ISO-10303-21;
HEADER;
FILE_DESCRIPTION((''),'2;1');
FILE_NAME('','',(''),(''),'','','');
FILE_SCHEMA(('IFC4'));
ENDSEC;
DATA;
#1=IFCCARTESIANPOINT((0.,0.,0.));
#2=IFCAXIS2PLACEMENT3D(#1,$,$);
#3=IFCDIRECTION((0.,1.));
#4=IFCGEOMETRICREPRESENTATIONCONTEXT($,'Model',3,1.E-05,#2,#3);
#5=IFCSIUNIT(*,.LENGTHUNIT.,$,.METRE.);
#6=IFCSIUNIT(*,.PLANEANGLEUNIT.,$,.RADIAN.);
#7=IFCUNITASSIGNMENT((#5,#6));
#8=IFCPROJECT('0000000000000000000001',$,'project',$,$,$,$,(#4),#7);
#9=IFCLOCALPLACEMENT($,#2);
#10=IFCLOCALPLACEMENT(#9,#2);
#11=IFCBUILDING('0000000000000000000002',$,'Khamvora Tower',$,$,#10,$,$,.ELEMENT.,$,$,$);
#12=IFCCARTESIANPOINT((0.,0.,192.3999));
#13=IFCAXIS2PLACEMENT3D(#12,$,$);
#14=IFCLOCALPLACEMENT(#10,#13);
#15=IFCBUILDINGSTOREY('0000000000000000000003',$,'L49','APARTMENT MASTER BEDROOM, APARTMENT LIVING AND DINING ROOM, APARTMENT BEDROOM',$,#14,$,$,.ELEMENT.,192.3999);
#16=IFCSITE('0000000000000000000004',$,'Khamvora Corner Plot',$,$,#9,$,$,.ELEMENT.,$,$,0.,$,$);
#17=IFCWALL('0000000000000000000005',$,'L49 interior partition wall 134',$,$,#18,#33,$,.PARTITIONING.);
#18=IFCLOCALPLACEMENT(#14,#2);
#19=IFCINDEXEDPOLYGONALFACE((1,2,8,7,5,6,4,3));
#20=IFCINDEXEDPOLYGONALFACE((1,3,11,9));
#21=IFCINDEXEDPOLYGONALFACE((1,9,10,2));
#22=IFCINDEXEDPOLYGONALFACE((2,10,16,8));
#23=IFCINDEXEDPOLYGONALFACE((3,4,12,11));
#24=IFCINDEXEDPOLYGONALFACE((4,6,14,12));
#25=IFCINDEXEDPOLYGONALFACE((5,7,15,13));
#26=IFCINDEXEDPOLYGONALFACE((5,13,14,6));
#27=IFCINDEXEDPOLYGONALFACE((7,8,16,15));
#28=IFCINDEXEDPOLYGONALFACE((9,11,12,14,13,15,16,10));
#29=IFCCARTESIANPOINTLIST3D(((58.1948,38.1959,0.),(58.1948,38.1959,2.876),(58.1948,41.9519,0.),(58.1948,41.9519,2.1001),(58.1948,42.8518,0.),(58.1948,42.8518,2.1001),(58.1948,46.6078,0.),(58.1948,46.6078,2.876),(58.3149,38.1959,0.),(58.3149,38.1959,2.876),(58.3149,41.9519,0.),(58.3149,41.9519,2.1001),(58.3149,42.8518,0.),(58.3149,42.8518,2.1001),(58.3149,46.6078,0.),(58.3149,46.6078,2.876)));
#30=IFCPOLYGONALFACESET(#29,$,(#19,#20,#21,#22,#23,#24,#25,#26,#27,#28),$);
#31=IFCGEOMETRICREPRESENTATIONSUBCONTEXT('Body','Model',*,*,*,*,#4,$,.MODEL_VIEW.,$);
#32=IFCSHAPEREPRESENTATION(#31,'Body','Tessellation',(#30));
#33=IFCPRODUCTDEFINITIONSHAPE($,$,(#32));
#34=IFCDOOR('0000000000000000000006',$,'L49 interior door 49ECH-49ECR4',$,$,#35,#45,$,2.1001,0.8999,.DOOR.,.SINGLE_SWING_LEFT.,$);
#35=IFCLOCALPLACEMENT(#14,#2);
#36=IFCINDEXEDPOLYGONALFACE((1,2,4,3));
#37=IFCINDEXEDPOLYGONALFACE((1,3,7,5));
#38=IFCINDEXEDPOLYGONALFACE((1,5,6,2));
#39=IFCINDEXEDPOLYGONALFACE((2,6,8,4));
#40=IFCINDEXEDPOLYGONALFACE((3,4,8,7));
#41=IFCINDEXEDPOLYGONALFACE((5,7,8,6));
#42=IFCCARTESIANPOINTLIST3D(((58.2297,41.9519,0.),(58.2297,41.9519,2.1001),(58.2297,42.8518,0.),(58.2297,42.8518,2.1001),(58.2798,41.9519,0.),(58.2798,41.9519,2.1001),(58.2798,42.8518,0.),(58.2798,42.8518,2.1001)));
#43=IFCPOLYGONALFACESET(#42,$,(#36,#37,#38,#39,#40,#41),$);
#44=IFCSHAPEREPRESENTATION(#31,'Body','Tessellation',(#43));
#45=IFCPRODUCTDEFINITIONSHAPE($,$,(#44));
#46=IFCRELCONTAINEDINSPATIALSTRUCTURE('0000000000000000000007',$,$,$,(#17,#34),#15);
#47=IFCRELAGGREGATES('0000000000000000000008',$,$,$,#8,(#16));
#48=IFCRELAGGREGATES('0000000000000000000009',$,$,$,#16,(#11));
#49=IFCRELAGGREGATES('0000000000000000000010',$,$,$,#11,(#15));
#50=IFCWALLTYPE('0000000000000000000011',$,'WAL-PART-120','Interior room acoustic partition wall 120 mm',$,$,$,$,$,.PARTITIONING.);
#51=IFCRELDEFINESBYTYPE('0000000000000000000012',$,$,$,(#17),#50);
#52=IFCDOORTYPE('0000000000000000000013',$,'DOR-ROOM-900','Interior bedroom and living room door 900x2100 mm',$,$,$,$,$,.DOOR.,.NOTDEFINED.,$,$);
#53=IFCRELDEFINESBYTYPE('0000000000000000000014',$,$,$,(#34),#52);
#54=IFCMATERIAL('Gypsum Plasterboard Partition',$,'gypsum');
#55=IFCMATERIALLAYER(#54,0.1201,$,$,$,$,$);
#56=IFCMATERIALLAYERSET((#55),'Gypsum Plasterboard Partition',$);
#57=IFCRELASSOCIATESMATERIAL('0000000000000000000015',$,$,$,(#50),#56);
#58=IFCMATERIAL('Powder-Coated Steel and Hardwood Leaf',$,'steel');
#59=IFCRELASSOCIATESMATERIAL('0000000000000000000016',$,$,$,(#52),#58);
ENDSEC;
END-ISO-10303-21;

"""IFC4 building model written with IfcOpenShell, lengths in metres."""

from ifc_helpers import new_model, si_unit, direction, frame, frame_2d, origin, place, context, subcontext, project, spatial, rectangle, extrude, material, layer, layer_set, type_object, element, fill, save


model = new_model("IFC4")

# Units and contexts
model_context = context("Model", 3, precision=1e-05, world=origin(), true_north=direction((0.0, 1.0)))
body_context = subcontext(model_context, "Body", "Model", "MODEL_VIEW")
ifc_project = project(units=[si_unit("LENGTHUNIT", "METRE"), si_unit("PLANEANGLEUNIT", "RADIAN")], contexts=[model_context])

# Site, building, storey
site_placement = place(None, origin())
site = spatial("IfcSite", under=ifc_project, at=site_placement, Name="Khamvora Corner Plot", CompositionType="ELEMENT", RefElevation=0.0)
building_placement = place(site_placement, origin())
building = spatial("IfcBuilding", under=site, at=building_placement, Name="Khamvora Tower", CompositionType="ELEMENT")
storey_placement = place(building_placement, frame((0.0, 0.0, 192.3999)))
storey = spatial("IfcBuildingStorey", under=building, at=storey_placement, Name="L49", Description="APARTMENT MASTER BEDROOM, APARTMENT LIVING AND DINING ROOM, APARTMENT BEDROOM", CompositionType="ELEMENT", Elevation=192.3999)

# Shared definitions
ifc_material_1 = material(Name="Gypsum Plasterboard Partition", Category="gypsum")
ifc_layer_1 = layer(ifc_material_1, 0.1201)
ifc_layer_set_1 = layer_set([ifc_layer_1], Name="Gypsum Plasterboard Partition")
wall_type_1 = type_object("IfcWallType", Name="WAL-PART-120", Description="Interior room acoustic partition wall 120 mm", PredefinedType="PARTITIONING", material=ifc_layer_set_1)
ifc_material_2 = material(Name="Powder-Coated Steel and Hardwood Leaf", Category="steel")
door_type = type_object("IfcDoorType", Name="DOR-ROOM-900", Description="Interior bedroom and living room door 900x2100 mm", OperationType="NOTDEFINED", PredefinedType="DOOR", material=ifc_material_2)

# Wall, opening, door
wall_1_placement = place(storey_placement, frame((58.2549, 46.6079, 0.0), z_axis=(0.0, 0.0, 1.0), x_axis=(0.0, -1.0, 0.0)))
wall_1 = element("IfcWall", 1, at=wall_1_placement, inside=storey, type_object=wall_type_1, Name="L49 interior partition wall 134", PredefinedType="PARTITIONING", context=body_context, shape_type="SweptSolid", body=[
    extrude(rectangle(XDim=8.4119, YDim=0.1201, at=frame_2d((4.2061, 0.0))), origin(), (0.0, 0.0, 1.0), 2.876),
])
opening_1_placement = place(wall_1_placement, frame((3.7561, 0.0, 0.0)))
opening_1 = element("IfcOpeningElement", 2, at=opening_1_placement, cuts=wall_1, PredefinedType="OPENING", context=body_context, shape_type="SweptSolid", body=[
    extrude(rectangle(XDim=0.8999, YDim=2.1001, at=frame_2d((0.45, 1.05))), frame((0.0, 0.0701, 0.0), z_axis=(0.0, -1.0, 0.0), x_axis=(1.0, 0.0, 0.0)), (0.0, 0.0, 1.0), 0.1401),
])
door_1_placement = place(opening_1_placement, origin())
door_1 = element("IfcDoor", 3, at=door_1_placement, inside=storey, type_object=door_type, Name="L49 interior door 49ECH-49ECR4", OperationType="SINGLE_SWING_LEFT", OverallHeight=2.1001, OverallWidth=0.8999, PredefinedType="DOOR", context=body_context, shape_type="SweptSolid", body=[
    extrude(rectangle(XDim=0.8999, YDim=2.1001, at=frame_2d((0.45, 1.05))), frame((0.0, 0.0249, 0.0), z_axis=(0.0, -1.0, 0.0), x_axis=(1.0, 0.0, 0.0)), (0.0, 0.0, 1.0), 0.05),
])
fill(opening_1, door_1)

save(model, "model.ifc")
